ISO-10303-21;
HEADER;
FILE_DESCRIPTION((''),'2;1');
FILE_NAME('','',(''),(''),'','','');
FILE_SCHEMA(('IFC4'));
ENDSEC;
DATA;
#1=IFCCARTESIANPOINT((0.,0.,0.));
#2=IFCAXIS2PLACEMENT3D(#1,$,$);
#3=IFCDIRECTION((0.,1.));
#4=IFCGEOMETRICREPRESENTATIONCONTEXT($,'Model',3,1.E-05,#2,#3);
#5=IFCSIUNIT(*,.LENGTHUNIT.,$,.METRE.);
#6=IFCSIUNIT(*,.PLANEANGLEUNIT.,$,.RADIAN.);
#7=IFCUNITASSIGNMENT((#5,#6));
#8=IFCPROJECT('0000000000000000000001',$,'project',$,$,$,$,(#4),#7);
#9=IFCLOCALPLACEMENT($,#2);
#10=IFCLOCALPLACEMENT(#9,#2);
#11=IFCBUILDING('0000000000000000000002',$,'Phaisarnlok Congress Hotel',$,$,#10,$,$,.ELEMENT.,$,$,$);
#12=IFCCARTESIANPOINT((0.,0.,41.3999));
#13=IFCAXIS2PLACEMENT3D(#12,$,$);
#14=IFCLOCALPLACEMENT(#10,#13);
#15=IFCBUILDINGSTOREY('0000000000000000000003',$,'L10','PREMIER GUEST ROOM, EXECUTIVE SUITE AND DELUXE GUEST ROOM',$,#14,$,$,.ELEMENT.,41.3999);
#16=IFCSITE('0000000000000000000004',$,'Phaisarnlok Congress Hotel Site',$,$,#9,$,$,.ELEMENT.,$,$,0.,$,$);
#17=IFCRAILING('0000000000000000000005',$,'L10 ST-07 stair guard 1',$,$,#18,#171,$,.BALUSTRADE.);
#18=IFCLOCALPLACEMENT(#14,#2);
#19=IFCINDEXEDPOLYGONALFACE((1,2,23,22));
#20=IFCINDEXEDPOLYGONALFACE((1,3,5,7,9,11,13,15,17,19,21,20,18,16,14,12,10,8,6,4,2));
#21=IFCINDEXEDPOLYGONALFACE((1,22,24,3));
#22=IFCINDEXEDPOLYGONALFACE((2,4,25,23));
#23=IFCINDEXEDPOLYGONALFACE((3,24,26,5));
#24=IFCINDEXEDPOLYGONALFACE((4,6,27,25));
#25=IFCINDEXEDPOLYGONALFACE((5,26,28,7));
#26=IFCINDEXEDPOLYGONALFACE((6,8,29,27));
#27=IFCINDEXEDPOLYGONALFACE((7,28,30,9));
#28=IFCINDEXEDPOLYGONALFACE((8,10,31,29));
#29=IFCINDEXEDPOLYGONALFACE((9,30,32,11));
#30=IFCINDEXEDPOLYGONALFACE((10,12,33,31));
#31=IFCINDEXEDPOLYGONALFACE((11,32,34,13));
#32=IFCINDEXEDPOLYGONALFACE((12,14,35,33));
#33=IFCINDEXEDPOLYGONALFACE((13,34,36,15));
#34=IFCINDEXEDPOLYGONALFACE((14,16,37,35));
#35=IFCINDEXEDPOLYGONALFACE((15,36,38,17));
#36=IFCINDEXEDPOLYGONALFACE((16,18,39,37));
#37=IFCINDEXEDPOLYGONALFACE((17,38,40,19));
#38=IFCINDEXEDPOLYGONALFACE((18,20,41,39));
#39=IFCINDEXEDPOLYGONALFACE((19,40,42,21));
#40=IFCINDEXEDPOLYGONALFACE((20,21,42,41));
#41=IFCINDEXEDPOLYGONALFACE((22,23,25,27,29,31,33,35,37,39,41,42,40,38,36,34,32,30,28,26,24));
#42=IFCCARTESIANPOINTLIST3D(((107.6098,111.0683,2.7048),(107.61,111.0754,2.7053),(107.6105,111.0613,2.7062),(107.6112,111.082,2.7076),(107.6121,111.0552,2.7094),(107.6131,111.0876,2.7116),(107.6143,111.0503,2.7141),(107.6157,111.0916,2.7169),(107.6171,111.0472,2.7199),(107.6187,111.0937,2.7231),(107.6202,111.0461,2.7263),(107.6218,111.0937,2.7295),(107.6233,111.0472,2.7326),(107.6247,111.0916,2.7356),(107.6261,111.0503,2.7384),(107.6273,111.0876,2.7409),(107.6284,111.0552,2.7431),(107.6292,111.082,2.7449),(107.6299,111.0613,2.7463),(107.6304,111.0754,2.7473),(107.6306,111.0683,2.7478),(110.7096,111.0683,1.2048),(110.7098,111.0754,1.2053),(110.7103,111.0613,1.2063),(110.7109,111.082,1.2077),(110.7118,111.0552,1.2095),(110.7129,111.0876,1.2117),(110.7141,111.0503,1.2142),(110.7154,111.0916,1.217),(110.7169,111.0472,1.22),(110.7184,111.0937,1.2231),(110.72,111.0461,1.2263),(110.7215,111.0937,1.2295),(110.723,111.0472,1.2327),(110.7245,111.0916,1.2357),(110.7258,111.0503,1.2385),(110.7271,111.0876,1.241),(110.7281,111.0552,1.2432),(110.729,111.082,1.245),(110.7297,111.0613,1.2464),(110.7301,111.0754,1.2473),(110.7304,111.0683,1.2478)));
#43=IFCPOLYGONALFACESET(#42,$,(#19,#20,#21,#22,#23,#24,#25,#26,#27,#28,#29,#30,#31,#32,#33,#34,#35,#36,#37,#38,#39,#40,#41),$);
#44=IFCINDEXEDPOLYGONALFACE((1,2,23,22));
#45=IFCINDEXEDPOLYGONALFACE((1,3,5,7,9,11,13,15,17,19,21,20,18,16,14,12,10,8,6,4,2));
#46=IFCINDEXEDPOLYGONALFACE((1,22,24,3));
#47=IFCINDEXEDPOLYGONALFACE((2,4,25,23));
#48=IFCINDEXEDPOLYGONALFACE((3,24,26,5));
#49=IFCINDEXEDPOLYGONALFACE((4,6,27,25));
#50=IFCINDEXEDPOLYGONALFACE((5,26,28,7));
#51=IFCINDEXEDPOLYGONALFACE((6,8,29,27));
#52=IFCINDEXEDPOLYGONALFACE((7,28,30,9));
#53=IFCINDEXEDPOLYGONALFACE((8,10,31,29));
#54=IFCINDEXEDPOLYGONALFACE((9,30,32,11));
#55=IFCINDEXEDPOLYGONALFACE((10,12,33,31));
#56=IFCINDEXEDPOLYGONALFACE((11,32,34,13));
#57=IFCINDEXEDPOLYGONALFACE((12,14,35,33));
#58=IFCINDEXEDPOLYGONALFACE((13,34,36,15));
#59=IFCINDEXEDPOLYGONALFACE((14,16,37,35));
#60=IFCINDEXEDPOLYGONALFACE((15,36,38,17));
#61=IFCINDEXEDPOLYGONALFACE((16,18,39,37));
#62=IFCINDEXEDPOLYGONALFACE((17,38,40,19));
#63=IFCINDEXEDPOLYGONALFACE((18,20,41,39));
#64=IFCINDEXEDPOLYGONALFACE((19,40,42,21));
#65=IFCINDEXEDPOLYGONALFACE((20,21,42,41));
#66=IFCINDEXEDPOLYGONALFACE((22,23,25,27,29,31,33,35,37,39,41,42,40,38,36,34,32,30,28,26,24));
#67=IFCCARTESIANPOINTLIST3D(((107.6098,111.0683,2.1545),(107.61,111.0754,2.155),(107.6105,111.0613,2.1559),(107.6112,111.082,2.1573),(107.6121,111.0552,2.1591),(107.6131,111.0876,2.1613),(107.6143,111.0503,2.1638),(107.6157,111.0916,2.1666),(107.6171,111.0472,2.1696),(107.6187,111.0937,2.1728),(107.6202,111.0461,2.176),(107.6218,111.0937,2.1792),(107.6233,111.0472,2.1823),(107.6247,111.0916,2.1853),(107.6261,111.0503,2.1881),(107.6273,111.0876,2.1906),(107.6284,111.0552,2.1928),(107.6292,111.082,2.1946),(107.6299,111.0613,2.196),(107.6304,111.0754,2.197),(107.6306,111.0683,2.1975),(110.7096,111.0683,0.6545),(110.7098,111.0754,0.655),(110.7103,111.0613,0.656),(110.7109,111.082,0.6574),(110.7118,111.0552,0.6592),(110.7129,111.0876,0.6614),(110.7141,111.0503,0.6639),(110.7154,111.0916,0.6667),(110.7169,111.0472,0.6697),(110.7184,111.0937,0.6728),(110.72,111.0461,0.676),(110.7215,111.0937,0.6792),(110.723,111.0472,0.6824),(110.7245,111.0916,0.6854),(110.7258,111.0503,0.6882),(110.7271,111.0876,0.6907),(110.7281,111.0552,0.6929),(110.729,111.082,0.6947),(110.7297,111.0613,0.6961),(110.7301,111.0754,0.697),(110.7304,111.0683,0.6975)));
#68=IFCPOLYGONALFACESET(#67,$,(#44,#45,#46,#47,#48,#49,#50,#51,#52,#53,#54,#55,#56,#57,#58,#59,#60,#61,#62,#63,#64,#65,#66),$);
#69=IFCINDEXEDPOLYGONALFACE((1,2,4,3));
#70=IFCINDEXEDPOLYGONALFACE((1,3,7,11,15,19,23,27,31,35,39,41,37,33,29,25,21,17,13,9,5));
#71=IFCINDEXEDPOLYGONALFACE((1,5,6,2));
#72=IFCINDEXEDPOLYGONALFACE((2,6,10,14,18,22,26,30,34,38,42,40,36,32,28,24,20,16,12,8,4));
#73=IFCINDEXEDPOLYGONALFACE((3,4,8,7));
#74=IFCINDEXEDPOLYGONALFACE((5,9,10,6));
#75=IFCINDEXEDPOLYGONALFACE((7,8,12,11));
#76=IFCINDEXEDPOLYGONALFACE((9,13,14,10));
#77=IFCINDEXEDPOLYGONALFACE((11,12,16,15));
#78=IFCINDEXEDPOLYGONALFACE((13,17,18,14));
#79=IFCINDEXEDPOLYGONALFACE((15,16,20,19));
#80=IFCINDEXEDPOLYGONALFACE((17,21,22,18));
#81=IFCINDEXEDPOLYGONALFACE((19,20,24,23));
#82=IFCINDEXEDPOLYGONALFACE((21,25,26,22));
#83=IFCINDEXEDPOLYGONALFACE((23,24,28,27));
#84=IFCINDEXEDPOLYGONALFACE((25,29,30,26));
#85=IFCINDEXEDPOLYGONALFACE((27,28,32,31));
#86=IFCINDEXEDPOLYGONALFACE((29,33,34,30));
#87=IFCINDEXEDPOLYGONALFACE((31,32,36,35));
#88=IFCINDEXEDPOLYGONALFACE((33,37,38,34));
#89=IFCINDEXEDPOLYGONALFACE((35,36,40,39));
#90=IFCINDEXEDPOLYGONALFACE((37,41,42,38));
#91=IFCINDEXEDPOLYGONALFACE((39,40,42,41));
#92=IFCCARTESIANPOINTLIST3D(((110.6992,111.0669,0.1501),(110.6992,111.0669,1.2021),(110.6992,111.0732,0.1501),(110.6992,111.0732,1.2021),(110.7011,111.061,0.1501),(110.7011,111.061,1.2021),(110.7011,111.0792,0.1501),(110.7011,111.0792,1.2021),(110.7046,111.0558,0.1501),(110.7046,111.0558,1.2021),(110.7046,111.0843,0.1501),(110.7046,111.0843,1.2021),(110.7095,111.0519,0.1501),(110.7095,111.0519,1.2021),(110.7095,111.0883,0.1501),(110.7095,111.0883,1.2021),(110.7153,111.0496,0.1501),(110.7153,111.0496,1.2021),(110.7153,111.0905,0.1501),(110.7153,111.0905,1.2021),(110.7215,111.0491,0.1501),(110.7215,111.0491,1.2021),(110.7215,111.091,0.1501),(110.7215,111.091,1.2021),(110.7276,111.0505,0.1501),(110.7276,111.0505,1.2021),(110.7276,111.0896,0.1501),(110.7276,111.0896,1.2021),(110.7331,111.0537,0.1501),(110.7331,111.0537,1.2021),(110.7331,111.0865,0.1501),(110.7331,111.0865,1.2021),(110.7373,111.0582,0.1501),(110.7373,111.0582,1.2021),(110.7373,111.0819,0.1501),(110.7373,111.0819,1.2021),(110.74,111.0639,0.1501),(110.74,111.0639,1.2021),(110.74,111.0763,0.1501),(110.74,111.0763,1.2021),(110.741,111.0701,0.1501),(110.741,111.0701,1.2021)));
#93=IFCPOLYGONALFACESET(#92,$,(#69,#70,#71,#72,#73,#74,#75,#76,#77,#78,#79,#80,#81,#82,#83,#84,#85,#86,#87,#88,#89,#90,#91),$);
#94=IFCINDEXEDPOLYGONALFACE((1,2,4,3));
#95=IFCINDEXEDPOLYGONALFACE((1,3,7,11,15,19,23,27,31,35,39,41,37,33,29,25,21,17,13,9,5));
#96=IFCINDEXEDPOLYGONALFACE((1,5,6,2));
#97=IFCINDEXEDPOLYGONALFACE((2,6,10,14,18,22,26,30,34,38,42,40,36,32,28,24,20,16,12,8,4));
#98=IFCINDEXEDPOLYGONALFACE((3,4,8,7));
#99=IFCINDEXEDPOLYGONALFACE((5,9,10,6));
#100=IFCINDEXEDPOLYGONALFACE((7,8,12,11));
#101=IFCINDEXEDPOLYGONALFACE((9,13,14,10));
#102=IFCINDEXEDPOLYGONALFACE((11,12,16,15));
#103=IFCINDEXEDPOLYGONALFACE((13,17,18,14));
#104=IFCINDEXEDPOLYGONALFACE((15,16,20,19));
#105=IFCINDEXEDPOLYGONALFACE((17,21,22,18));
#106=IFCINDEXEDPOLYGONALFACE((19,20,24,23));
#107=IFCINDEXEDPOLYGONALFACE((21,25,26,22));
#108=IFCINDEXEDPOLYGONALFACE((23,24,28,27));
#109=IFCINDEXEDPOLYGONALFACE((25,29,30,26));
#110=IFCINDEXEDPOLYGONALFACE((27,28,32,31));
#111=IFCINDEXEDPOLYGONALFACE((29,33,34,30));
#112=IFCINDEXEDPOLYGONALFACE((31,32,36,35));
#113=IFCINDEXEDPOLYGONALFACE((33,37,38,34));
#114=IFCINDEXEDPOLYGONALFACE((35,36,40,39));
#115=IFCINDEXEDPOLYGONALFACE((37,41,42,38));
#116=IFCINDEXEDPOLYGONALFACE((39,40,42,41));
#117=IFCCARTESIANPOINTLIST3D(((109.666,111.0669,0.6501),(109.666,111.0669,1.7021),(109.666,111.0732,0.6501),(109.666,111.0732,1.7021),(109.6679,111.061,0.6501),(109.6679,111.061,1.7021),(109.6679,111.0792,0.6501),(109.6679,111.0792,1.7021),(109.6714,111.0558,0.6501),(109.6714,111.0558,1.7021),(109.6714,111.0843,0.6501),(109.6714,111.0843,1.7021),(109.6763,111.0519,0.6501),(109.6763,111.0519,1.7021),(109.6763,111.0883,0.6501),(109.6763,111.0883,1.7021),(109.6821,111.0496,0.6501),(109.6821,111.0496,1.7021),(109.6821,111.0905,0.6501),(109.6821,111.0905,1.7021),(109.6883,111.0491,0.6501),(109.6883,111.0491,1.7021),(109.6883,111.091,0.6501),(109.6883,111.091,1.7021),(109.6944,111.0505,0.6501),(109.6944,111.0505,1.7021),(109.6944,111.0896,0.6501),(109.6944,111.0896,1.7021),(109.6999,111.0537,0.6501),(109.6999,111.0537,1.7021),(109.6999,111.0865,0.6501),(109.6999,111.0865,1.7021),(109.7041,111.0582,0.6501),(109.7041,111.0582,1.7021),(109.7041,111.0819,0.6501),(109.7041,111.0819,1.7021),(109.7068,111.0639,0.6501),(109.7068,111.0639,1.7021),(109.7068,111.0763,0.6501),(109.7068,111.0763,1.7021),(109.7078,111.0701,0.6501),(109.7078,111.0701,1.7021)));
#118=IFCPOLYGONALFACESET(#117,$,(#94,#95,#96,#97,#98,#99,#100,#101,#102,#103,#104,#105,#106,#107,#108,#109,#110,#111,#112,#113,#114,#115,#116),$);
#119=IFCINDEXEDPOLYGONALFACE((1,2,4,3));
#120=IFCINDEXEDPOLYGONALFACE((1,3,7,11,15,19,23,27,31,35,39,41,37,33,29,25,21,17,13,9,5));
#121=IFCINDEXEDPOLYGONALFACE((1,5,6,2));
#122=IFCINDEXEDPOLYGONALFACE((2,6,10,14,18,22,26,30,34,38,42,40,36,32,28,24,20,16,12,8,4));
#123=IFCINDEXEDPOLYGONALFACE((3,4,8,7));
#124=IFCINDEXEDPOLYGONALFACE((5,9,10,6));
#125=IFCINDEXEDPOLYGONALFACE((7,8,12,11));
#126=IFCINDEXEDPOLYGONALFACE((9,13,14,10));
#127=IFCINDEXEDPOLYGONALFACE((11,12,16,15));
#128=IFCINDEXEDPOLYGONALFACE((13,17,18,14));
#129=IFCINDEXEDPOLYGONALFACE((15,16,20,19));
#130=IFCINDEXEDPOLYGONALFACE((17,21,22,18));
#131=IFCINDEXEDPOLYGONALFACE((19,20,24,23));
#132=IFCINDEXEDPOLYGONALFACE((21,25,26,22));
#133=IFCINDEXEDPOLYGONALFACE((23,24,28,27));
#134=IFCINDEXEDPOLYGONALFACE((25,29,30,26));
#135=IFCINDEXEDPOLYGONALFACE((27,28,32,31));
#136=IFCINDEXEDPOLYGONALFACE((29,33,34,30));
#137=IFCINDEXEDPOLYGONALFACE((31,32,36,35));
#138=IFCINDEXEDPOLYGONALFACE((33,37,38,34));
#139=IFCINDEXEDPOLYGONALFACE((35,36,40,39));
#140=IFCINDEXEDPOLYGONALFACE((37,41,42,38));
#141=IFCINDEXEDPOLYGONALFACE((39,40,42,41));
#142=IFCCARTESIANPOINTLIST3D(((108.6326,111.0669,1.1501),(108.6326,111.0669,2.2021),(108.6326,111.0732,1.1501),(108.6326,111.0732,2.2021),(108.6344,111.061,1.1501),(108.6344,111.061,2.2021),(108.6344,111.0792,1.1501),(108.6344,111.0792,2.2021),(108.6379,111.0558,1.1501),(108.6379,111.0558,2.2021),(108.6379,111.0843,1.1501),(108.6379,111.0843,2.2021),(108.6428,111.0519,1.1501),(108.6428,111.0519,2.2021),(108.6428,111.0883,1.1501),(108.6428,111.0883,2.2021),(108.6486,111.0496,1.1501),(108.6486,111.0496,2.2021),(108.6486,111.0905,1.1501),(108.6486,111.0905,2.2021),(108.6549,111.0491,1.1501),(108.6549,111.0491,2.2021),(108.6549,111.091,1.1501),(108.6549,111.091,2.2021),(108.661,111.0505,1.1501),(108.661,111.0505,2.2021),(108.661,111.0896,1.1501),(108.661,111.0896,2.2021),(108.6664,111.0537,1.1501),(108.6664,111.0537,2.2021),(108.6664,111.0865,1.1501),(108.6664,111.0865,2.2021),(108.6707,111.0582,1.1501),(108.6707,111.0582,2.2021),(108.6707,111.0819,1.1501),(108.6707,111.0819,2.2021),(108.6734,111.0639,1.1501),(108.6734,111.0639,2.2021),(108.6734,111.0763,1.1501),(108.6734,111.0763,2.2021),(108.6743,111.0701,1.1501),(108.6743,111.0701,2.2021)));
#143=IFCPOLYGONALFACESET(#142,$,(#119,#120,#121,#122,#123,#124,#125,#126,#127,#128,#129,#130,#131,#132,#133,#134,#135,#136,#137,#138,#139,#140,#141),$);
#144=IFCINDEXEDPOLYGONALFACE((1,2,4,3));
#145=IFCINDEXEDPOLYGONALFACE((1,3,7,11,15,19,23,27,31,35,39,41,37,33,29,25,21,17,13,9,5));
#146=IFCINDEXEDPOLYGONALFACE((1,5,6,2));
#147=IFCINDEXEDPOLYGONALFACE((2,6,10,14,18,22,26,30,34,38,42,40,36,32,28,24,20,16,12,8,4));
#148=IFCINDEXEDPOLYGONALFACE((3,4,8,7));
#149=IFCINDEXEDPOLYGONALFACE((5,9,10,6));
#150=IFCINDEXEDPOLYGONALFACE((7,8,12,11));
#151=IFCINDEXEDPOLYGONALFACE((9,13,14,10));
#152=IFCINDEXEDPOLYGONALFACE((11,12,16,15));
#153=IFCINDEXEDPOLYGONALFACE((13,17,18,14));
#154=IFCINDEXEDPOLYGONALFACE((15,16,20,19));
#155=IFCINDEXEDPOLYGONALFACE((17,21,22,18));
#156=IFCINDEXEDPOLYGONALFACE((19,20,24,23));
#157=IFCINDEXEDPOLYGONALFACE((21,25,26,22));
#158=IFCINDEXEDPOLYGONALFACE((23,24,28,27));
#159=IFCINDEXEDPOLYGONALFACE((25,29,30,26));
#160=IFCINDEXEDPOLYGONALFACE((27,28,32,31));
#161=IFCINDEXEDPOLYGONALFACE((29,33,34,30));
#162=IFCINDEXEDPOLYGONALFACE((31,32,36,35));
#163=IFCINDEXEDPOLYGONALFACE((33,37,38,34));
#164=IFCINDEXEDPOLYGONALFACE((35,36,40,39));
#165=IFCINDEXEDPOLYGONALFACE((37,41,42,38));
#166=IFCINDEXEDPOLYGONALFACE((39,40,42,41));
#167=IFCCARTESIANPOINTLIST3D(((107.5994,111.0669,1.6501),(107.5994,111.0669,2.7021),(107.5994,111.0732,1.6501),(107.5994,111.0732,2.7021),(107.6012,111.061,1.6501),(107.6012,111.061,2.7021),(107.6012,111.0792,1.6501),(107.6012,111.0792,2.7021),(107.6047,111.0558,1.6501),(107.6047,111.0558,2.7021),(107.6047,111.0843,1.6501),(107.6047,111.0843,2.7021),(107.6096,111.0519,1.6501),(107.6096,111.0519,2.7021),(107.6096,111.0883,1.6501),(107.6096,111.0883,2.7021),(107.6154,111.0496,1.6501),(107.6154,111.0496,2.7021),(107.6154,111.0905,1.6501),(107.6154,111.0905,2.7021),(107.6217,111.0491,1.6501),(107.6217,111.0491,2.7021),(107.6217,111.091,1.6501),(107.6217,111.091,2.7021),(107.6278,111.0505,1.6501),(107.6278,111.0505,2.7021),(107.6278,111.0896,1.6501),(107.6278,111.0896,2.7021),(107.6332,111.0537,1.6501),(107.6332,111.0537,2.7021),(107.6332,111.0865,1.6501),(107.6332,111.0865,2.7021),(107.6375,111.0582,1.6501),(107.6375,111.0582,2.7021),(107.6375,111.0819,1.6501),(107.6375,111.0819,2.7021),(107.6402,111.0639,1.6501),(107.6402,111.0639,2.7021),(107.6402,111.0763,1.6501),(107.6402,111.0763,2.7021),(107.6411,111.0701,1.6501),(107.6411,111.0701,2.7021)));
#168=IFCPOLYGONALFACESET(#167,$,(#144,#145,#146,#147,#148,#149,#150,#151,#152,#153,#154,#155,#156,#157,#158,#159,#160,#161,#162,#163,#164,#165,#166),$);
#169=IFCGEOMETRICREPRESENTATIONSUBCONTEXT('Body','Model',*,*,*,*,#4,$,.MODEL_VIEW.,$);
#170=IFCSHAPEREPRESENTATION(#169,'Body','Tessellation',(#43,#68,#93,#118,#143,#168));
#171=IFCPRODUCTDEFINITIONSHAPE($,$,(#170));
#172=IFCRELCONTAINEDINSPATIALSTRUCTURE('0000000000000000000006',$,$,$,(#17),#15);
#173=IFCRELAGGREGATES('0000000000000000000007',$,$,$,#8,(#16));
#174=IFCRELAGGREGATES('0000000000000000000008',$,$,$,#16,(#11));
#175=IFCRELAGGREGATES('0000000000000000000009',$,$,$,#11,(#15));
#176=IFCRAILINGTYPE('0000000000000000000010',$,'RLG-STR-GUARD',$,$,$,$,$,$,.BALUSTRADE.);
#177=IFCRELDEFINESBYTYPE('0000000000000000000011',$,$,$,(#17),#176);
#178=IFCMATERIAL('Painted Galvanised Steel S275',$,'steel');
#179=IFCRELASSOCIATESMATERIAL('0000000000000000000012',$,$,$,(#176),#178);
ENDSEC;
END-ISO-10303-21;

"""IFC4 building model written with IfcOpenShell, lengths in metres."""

from ifc_helpers import new_model, si_unit, direction, frame, origin, origin_2d, place, context, subcontext, project, spatial, circle, extrude, material, type_object, element, save


model = new_model("IFC4")

# Units and contexts
model_context = context("Model", 3, precision=1e-05, world=origin(), true_north=direction((0.0, 1.0)))
body_context = subcontext(model_context, "Body", "Model", "MODEL_VIEW")
ifc_project = project(units=[si_unit("LENGTHUNIT", "METRE"), si_unit("PLANEANGLEUNIT", "RADIAN")], contexts=[model_context])

# Site, building, storey
site_placement = place(None, origin())
site = spatial("IfcSite", under=ifc_project, at=site_placement, Name="Phaisarnlok Congress Hotel Site", CompositionType="ELEMENT", RefElevation=0.0)
building_placement = place(site_placement, origin())
building = spatial("IfcBuilding", under=site, at=building_placement, Name="Phaisarnlok Congress Hotel", CompositionType="ELEMENT")
storey_placement = place(building_placement, frame((0.0, 0.0, 41.3999)))
storey = spatial("IfcBuildingStorey", under=building, at=storey_placement, Name="L10", Description="PREMIER GUEST ROOM, EXECUTIVE SUITE AND DELUXE GUEST ROOM", CompositionType="ELEMENT", Elevation=41.3999)

# Railing
ifc_material_1 = material(Name="Painted Galvanised Steel S275", Category="steel")
railing_type_1 = type_object("IfcRailingType", Name="RLG-STR-GUARD", PredefinedType="BALUSTRADE", material=ifc_material_1)
railing_1_placement = place(storey_placement, frame((110.72, 111.0701, 0.1501)))
element("IfcRailing", 1, at=railing_1_placement, inside=storey, type_object=railing_type_1, Name="L10 ST-07 stair guard 1", PredefinedType="BALUSTRADE", context=body_context, shape_type="SweptSolid", body=[
    extrude(circle(Radius=0.0239, at=origin_2d()), frame((0.0, 0.0, 1.0762), z_axis=(-0.900151, 0.0, 0.435578), x_axis=(0.0, -1.0, 0.0)), (0.0, 0.0, 1.0), 3.4436),
    extrude(circle(Radius=0.0239, at=origin_2d()), frame((0.0, 0.0, 0.5259), z_axis=(-0.900151, 0.0, 0.435578), x_axis=(0.0, -1.0, 0.0)), (0.0, 0.0, 1.0), 3.4436),
    extrude(circle(Radius=0.021, at=origin_2d()), origin(), (0.0, 0.0, 1.0), 1.052),
    extrude(circle(Radius=0.021, at=origin_2d()), frame((-1.0332, 0.0, 0.5)), (0.0, 0.0, 1.0), 1.052),
    extrude(circle(Radius=0.021, at=origin_2d()), frame((-2.0667, 0.0, 1.0)), (0.0, 0.0, 1.0), 1.052),
    extrude(circle(Radius=0.021, at=origin_2d()), frame((-3.0999, 0.0, 1.5)), (0.0, 0.0, 1.0), 1.052),
])

save(model, "model.ifc")
